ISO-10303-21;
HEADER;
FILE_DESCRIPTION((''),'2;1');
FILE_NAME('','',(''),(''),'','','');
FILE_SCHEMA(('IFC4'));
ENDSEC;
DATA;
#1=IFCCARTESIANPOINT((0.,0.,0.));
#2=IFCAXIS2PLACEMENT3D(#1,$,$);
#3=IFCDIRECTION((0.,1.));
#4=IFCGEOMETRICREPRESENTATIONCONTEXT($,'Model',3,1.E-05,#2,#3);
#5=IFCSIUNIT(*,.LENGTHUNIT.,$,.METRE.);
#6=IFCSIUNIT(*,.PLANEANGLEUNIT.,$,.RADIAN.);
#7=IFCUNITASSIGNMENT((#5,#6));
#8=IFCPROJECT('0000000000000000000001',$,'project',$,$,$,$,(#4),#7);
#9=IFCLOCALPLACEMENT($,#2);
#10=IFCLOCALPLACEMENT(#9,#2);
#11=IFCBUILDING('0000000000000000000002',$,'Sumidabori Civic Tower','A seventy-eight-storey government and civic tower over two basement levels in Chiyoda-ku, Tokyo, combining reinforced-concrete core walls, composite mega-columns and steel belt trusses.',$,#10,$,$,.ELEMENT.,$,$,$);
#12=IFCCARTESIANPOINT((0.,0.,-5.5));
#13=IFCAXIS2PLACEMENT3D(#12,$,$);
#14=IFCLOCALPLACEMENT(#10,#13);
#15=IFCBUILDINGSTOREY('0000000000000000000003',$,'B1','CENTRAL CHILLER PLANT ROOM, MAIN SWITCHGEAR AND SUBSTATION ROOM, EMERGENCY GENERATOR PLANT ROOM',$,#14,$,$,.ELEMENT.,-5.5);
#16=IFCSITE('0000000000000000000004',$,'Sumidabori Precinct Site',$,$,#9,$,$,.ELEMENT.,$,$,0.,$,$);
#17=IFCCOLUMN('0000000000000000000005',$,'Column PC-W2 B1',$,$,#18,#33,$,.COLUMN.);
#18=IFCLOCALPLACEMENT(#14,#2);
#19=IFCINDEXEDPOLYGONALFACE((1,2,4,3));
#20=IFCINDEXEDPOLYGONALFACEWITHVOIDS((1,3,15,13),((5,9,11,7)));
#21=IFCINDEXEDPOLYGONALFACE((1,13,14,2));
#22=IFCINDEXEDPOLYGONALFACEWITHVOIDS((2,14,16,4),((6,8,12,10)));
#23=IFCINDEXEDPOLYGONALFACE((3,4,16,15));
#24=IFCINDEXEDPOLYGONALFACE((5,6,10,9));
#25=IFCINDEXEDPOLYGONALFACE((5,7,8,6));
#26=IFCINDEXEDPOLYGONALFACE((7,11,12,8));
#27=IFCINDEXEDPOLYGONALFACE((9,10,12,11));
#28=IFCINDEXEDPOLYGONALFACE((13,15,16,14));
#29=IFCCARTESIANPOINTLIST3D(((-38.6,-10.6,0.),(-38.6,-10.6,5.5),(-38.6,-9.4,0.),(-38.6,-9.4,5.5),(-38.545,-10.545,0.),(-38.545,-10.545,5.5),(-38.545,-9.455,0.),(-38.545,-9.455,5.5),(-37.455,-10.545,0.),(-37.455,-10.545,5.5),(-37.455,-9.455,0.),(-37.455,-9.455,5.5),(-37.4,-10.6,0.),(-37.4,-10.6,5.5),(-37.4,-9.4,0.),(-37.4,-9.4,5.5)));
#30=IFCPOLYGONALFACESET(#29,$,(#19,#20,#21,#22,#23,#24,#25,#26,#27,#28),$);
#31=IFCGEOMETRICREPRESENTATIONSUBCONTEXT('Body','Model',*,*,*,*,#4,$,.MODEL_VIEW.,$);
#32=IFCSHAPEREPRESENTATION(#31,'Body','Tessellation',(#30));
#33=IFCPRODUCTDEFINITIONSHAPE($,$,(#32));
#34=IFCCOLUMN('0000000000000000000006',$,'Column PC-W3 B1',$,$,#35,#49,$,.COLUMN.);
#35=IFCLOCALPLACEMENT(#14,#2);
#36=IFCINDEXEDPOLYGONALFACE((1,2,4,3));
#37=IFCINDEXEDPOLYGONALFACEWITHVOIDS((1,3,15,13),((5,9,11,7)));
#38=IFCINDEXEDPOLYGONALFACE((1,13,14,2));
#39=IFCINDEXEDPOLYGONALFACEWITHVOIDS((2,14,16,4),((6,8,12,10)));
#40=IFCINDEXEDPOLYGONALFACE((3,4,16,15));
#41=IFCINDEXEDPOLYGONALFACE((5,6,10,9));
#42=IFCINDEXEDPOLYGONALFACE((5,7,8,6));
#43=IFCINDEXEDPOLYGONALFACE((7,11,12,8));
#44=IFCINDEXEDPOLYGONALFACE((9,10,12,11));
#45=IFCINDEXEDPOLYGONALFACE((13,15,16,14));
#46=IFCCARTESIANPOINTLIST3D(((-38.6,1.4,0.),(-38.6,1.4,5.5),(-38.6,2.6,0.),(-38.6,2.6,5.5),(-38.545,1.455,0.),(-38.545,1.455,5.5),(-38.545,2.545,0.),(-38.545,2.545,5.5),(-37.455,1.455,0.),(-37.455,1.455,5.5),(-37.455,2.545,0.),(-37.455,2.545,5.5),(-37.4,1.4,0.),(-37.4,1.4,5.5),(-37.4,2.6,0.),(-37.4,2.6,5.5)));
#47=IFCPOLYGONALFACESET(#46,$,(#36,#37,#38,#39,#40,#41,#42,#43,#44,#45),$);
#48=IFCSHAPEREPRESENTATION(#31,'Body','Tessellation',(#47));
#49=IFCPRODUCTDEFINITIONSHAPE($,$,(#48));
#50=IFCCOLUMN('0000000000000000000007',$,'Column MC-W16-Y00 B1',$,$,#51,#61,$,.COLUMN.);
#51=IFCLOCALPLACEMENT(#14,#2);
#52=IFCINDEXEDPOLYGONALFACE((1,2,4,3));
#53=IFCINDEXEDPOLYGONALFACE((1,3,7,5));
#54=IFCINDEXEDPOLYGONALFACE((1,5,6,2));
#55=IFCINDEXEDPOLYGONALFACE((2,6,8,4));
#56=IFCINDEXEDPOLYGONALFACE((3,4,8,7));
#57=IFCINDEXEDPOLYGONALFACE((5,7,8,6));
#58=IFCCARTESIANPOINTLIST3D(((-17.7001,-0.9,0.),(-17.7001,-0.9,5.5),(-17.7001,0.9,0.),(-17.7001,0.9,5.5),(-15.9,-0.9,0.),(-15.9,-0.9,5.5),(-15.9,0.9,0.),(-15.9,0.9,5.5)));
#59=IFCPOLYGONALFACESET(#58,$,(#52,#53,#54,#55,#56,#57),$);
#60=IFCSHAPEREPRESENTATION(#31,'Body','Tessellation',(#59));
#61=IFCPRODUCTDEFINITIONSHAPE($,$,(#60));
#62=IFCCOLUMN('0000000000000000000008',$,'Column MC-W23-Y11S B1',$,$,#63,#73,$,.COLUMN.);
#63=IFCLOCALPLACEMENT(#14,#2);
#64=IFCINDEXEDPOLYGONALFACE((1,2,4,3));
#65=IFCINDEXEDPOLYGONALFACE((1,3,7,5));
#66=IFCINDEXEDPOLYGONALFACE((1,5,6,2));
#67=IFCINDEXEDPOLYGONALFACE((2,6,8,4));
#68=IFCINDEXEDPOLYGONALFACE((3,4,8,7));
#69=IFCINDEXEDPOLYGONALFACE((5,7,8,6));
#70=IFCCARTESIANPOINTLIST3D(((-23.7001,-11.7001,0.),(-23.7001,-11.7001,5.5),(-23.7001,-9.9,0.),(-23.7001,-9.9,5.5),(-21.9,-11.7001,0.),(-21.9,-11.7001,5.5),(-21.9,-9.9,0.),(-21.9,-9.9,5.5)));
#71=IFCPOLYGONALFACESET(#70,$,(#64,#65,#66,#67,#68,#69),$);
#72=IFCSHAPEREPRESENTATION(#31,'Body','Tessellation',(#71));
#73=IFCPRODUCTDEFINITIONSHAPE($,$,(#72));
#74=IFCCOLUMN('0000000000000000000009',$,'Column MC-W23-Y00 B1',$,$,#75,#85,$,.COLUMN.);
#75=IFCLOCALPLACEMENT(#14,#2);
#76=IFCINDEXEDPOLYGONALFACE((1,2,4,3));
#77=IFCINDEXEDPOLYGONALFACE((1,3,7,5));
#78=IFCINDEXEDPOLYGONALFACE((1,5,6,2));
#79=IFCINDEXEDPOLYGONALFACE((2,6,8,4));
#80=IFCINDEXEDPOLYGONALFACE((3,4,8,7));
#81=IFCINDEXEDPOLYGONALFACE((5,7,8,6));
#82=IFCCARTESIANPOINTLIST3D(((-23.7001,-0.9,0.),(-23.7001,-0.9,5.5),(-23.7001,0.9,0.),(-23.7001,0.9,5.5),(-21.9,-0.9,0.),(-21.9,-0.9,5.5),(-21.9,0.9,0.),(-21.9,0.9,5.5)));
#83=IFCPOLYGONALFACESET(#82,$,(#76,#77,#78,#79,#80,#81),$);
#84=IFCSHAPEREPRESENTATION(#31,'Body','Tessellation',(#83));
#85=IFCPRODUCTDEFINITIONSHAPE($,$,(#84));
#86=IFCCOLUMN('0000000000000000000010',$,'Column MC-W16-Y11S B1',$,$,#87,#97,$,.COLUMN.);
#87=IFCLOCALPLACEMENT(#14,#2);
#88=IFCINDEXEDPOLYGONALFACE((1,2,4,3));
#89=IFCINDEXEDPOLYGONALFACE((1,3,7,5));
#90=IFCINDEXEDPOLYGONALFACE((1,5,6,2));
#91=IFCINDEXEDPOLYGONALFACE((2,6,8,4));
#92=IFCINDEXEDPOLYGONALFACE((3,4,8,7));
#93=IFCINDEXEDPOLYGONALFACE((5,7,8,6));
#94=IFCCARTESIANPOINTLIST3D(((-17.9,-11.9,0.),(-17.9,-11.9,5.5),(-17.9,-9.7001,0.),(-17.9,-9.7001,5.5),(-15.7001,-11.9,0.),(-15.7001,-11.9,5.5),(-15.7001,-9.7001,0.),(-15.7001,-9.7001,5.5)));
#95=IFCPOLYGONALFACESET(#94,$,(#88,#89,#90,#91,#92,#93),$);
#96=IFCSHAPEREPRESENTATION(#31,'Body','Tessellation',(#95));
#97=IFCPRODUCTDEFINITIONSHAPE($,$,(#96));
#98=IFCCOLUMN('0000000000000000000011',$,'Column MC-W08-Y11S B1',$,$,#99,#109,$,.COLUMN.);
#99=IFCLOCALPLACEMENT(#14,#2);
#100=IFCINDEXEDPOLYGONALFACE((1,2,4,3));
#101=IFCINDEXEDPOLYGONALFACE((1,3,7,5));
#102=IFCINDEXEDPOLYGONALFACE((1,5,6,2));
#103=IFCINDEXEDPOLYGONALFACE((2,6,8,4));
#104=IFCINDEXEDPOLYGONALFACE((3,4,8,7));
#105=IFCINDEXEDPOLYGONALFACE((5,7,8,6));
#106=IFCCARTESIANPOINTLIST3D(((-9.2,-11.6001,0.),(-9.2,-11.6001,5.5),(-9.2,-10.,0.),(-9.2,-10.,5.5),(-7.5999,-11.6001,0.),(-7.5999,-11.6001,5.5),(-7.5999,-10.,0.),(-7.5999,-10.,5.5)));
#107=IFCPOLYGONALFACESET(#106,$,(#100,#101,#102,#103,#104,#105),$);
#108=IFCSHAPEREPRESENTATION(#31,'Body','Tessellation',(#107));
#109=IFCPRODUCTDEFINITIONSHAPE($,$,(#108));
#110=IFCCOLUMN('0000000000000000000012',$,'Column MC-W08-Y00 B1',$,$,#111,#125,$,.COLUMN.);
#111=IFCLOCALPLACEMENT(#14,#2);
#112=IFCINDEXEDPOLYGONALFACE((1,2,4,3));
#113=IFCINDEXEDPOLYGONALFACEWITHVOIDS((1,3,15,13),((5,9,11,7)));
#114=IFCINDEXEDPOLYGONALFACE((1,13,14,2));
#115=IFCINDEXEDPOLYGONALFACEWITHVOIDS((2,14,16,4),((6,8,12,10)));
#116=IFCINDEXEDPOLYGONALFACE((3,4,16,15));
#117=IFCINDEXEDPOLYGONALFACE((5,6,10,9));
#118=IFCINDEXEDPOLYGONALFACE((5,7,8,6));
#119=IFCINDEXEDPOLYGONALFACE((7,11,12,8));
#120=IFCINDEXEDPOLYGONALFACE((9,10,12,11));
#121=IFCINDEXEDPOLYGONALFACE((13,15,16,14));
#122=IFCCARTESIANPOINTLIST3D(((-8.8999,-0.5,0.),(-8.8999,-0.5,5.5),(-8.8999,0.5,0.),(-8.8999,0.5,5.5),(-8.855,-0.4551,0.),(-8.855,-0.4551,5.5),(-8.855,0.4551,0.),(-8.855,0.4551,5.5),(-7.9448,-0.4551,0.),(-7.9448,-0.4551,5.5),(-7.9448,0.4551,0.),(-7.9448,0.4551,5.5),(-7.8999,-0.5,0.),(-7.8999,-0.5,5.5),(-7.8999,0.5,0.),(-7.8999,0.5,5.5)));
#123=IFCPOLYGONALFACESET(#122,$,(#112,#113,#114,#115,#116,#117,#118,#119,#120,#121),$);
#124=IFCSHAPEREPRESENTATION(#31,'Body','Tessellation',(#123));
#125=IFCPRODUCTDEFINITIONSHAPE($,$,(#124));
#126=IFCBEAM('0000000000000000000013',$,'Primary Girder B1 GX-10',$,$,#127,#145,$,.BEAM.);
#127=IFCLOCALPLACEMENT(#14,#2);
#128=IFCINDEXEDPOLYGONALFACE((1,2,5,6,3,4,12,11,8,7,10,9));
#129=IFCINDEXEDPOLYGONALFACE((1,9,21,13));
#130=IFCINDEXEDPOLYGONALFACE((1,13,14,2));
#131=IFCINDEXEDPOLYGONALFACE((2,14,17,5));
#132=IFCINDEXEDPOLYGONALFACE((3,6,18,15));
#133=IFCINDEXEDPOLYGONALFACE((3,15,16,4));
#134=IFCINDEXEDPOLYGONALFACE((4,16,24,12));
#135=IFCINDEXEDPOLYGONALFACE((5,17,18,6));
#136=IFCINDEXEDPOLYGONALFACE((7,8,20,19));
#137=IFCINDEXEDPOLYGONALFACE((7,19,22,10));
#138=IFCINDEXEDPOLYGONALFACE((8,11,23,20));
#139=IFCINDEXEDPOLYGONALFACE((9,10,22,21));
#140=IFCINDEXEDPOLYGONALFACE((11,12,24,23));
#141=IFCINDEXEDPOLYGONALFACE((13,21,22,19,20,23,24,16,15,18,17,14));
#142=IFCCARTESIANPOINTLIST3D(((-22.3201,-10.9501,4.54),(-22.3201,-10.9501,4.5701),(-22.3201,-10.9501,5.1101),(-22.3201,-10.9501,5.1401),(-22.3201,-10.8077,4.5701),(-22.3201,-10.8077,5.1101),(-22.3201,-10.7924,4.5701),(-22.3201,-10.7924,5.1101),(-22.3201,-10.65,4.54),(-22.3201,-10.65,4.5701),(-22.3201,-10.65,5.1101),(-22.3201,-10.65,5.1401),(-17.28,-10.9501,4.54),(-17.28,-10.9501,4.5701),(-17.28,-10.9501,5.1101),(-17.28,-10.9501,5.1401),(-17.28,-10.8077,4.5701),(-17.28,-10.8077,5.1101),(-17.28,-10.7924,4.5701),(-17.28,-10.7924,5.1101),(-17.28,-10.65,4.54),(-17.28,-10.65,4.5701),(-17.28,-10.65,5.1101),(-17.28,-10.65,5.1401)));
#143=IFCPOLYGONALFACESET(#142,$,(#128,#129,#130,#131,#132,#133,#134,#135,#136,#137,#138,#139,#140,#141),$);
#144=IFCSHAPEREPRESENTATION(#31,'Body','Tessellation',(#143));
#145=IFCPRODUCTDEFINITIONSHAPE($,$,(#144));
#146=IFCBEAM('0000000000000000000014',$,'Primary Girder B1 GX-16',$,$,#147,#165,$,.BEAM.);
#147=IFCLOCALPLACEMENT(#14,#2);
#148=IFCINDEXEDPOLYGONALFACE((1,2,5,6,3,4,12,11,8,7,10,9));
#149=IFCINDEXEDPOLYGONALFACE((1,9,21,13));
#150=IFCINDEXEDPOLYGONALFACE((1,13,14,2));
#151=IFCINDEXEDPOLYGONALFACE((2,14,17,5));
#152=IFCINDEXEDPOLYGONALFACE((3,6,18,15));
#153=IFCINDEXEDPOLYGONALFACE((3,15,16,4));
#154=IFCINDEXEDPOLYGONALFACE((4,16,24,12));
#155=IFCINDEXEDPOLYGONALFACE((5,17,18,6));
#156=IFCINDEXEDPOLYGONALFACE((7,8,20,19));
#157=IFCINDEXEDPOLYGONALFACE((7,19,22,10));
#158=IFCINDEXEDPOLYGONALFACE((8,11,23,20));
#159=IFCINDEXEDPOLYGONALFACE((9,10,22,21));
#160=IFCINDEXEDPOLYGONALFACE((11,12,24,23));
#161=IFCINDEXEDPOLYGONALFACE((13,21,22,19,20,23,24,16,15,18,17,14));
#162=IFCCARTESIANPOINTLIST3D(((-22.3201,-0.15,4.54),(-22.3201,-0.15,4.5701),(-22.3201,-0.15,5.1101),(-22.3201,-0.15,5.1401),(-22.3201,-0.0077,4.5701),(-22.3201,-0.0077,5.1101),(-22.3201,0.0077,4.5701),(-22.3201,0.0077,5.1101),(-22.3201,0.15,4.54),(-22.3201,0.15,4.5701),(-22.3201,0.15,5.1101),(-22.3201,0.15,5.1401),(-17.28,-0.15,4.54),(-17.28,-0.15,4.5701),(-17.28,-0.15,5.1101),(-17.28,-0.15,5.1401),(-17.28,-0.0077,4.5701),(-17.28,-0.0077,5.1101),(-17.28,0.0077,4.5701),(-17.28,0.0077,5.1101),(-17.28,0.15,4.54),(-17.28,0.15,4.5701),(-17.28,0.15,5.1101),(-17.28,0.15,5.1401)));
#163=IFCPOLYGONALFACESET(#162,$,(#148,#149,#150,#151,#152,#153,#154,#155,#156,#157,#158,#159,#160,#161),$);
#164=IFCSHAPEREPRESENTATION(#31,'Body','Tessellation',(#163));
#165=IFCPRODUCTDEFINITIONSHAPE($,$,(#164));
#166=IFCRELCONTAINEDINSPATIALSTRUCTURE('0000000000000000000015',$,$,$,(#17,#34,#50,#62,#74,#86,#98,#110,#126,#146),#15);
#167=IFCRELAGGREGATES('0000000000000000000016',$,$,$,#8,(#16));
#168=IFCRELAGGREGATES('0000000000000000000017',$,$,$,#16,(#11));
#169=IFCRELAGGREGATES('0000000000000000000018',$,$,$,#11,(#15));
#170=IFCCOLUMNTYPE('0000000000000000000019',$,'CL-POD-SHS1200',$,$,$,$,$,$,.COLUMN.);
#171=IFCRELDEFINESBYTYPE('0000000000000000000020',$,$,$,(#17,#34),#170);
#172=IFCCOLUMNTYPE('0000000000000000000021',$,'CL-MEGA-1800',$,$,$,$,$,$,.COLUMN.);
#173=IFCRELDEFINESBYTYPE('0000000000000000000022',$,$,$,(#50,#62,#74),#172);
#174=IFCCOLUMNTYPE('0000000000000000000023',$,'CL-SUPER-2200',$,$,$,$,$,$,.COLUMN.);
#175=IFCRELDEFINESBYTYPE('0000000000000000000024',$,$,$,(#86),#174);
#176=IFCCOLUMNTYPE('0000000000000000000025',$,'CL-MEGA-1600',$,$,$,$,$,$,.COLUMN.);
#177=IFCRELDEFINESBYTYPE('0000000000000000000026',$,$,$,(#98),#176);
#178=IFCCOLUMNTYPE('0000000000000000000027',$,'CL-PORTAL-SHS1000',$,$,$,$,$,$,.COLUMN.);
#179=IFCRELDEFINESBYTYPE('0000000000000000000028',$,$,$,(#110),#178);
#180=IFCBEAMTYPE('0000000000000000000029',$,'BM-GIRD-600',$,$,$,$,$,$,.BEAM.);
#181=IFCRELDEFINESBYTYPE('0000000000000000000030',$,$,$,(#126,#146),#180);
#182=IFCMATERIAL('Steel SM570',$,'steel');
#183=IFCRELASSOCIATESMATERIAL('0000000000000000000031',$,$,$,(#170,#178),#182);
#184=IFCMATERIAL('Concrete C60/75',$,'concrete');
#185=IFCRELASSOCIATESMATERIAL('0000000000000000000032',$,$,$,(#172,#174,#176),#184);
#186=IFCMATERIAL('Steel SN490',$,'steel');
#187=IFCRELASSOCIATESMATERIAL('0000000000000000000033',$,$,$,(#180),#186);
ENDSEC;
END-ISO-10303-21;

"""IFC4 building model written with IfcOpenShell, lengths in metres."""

from ifc_helpers import new_model, si_unit, direction, frame, origin, origin_2d, place, context, subcontext, project, spatial, rectangle, hollow_rectangle, i_section, extrude, source, transform, mapped, material, material_profile, profile_set, type_object, element, save


model = new_model("IFC4")

# Units and contexts
model_context = context("Model", 3, precision=1e-05, world=origin(), true_north=direction((0.0, 1.0)))
body_context = subcontext(model_context, "Body", "Model", "MODEL_VIEW")
ifc_project = project(units=[si_unit("LENGTHUNIT", "METRE"), si_unit("PLANEANGLEUNIT", "RADIAN")], contexts=[model_context])

# Site, building, storey
site_placement = place(None, origin())
site = spatial("IfcSite", under=ifc_project, at=site_placement, Name="Sumidabori Precinct Site", CompositionType="ELEMENT", RefElevation=0.0)
building_placement = place(site_placement, origin())
building = spatial("IfcBuilding", under=site, at=building_placement, Name="Sumidabori Civic Tower", Description="A seventy-eight-storey government and civic tower over two basement levels in Chiyoda-ku, Tokyo, combining reinforced-concrete core walls, composite mega-columns and steel belt trusses.", CompositionType="ELEMENT")
storey_placement = place(building_placement, frame((0.0, 0.0, -5.5)))
storey = spatial("IfcBuildingStorey", under=building, at=storey_placement, Name="B1", Description="CENTRAL CHILLER PLANT ROOM, MAIN SWITCHGEAR AND SUBSTATION ROOM, EMERGENCY GENERATOR PLANT ROOM", CompositionType="ELEMENT", Elevation=-5.5)

# Columns
ifc_material_1 = material(Name="Steel SM570", Category="steel")
ifc_material_profile_1 = material_profile(ifc_material_1, hollow_rectangle(XDim=1.2, YDim=1.2, WallThickness=0.0549, at=origin_2d()), Name="SHS 1200x1200x55")
ifc_profile_set_1 = profile_set([ifc_material_profile_1], Name="Steel SM570")
column_type_1 = type_object("IfcColumnType", Name="CL-POD-SHS1200", PredefinedType="COLUMN", material=ifc_profile_set_1)
shared_shape_1 = source(origin(), body_context, "Body", "SweptSolid", [
    extrude(hollow_rectangle(XDim=1.2, YDim=1.2, WallThickness=0.0549, at=origin_2d()), origin(), (0.0, 0.0, 1.0), 5.5),
])
for number, where, z_axis, x_axis, name in (
    (1, (-38.0, -10.0, 0.0), (0.0, 0.0, 1.0), (1.0, 0.0, 0.0), "Column PC-W2 B1"),
    (2, (-38.0, 2.0, 0.0), (0.0, 0.0, 1.0), (1.0, 0.0, 0.0), "Column PC-W3 B1"),
):
    element("IfcColumn", number, at=place(storey_placement, frame(where, z_axis=z_axis, x_axis=x_axis)), inside=storey, type_object=column_type_1, Name=name, PredefinedType="COLUMN", context=body_context, shape_type="MappedRepresentation", body=[
        mapped(shared_shape_1, transform((0.0, 0.0, 0.0), x_axis=(1.0, 0.0, 0.0), y_axis=(0.0, 1.0, 0.0), z_axis=(0.0, 0.0, 1.0), scale=1.0)),
    ])
ifc_material_2 = material(Name="Concrete C60/75", Category="concrete")
ifc_material_profile_2 = material_profile(ifc_material_2, rectangle(XDim=1.8, YDim=1.8, at=origin_2d()), Name="RC 1800x1800")
ifc_profile_set_2 = profile_set([ifc_material_profile_2], Name="Concrete C60/75")
column_type_2 = type_object("IfcColumnType", Name="CL-MEGA-1800", PredefinedType="COLUMN", material=ifc_profile_set_2)
shared_shape_2 = source(origin(), body_context, "Body", "SweptSolid", [
    extrude(rectangle(XDim=1.8, YDim=1.8, at=origin_2d()), origin(), (0.0, 0.0, 1.0), 5.5),
])
for number, where, z_axis, x_axis, name in (
    (3, (-16.8, 0.0, 0.0), (0.0, 0.0, 1.0), (1.0, 0.0, 0.0), "Column MC-W16-Y00 B1"),
    (4, (-22.8, -10.8, 0.0), (0.0, 0.0, 1.0), (1.0, 0.0, 0.0), "Column MC-W23-Y11S B1"),
    (5, (-22.8, 0.0, 0.0), (0.0, 0.0, 1.0), (1.0, 0.0, 0.0), "Column MC-W23-Y00 B1"),
):
    element("IfcColumn", number, at=place(storey_placement, frame(where, z_axis=z_axis, x_axis=x_axis)), inside=storey, type_object=column_type_2, Name=name, PredefinedType="COLUMN", context=body_context, shape_type="MappedRepresentation", body=[
        mapped(shared_shape_2, transform((0.0, 0.0, 0.0), x_axis=(1.0, 0.0, 0.0), y_axis=(0.0, 1.0, 0.0), z_axis=(0.0, 0.0, 1.0), scale=1.0)),
    ])
ifc_material_profile_3 = material_profile(ifc_material_2, rectangle(XDim=2.2, YDim=2.2, at=origin_2d()), Name="RC 2200x2200")
ifc_profile_set_3 = profile_set([ifc_material_profile_3], Name="Concrete C60/75")
column_type_3 = type_object("IfcColumnType", Name="CL-SUPER-2200", PredefinedType="COLUMN", material=ifc_profile_set_3)
shared_shape_3 = source(origin(), body_context, "Body", "SweptSolid", [
    extrude(rectangle(XDim=2.2, YDim=2.2, at=origin_2d()), origin(), (0.0, 0.0, 1.0), 5.5),
])
column_1_placement = place(storey_placement, frame((-16.8, -10.8, 0.0), z_axis=(0.0, 0.0, 1.0), x_axis=(1.0, 0.0, 0.0)))
element("IfcColumn", 6, at=column_1_placement, inside=storey, type_object=column_type_3, Name="Column MC-W16-Y11S B1", PredefinedType="COLUMN", context=body_context, shape_type="MappedRepresentation", body=[
    mapped(shared_shape_3, transform((0.0, 0.0, 0.0), x_axis=(1.0, 0.0, 0.0), y_axis=(0.0, 1.0, 0.0), z_axis=(0.0, 0.0, 1.0), scale=1.0)),
])
ifc_material_profile_4 = material_profile(ifc_material_2, rectangle(XDim=1.6001, YDim=1.6001, at=origin_2d()), Name="RC 1600x1600")
ifc_profile_set_4 = profile_set([ifc_material_profile_4], Name="Concrete C60/75")
column_type_4 = type_object("IfcColumnType", Name="CL-MEGA-1600", PredefinedType="COLUMN", material=ifc_profile_set_4)
shared_shape_4 = source(origin(), body_context, "Body", "SweptSolid", [
    extrude(rectangle(XDim=1.6001, YDim=1.6001, at=origin_2d()), origin(), (0.0, 0.0, 1.0), 5.5),
])
column_2_placement = place(storey_placement, frame((-8.3999, -10.8, 0.0), z_axis=(0.0, 0.0, 1.0), x_axis=(1.0, 0.0, 0.0)))
element("IfcColumn", 7, at=column_2_placement, inside=storey, type_object=column_type_4, Name="Column MC-W08-Y11S B1", PredefinedType="COLUMN", context=body_context, shape_type="MappedRepresentation", body=[
    mapped(shared_shape_4, transform((0.0, 0.0, 0.0), x_axis=(1.0, 0.0, 0.0), y_axis=(0.0, 1.0, 0.0), z_axis=(0.0, 0.0, 1.0), scale=1.0)),
])
ifc_material_profile_5 = material_profile(ifc_material_1, hollow_rectangle(XDim=1.0, YDim=1.0, WallThickness=0.0449, at=origin_2d()), Name="SHS 1000x1000x45")
ifc_profile_set_5 = profile_set([ifc_material_profile_5], Name="Steel SM570")
column_type_5 = type_object("IfcColumnType", Name="CL-PORTAL-SHS1000", PredefinedType="COLUMN", material=ifc_profile_set_5)
shared_shape_5 = source(origin(), body_context, "Body", "SweptSolid", [
    extrude(hollow_rectangle(XDim=1.0, YDim=1.0, WallThickness=0.0449, at=origin_2d()), origin(), (0.0, 0.0, 1.0), 5.5),
])
column_3_placement = place(storey_placement, frame((-8.3999, 0.0, 0.0), z_axis=(0.0, 0.0, 1.0), x_axis=(1.0, 0.0, 0.0)))
element("IfcColumn", 8, at=column_3_placement, inside=storey, type_object=column_type_5, Name="Column MC-W08-Y00 B1", PredefinedType="COLUMN", context=body_context, shape_type="MappedRepresentation", body=[
    mapped(shared_shape_5, transform((0.0, 0.0, 0.0), x_axis=(1.0, 0.0, 0.0), y_axis=(0.0, 1.0, 0.0), z_axis=(0.0, 0.0, 1.0), scale=1.0)),
])

# Beams
ifc_material_3 = material(Name="Steel SN490", Category="steel")
ifc_material_profile_6 = material_profile(ifc_material_3, i_section(OverallWidth=0.3, OverallDepth=0.6001, WebThickness=0.0154, FlangeThickness=0.03, at=origin_2d()), Name="HE 600 B")
ifc_profile_set_6 = profile_set([ifc_material_profile_6], Name="Steel SN490")
beam_type = type_object("IfcBeamType", Name="BM-GIRD-600", PredefinedType="BEAM", material=ifc_profile_set_6)
shared_shape_6 = source(origin(), body_context, "Body", "SweptSolid", [
    extrude(i_section(OverallWidth=0.3, OverallDepth=0.6001, WebThickness=0.0154, FlangeThickness=0.03, at=origin_2d()), origin(), (0.0, 0.0, 1.0), 5.04),
])
for number, where, z_axis, x_axis, name in (
    (9, (-22.3201, -10.8, 4.8401), (1.0, 0.0, 0.0), (0.0, 1.0, 0.0), "Primary Girder B1 GX-10"),
    (10, (-22.3201, 0.0, 4.8401), (1.0, 0.0, 0.0), (0.0, 1.0, 0.0), "Primary Girder B1 GX-16"),
):
    element("IfcBeam", number, at=place(storey_placement, frame(where, z_axis=z_axis, x_axis=x_axis)), inside=storey, type_object=beam_type, Name=name, PredefinedType="BEAM", context=body_context, shape_type="MappedRepresentation", body=[
        mapped(shared_shape_6, transform((0.0, 0.0, 0.0), x_axis=(1.0, 0.0, 0.0), y_axis=(0.0, 1.0, 0.0), z_axis=(0.0, 0.0, 1.0), scale=1.0)),
    ])

save(model, "model.ifc")
